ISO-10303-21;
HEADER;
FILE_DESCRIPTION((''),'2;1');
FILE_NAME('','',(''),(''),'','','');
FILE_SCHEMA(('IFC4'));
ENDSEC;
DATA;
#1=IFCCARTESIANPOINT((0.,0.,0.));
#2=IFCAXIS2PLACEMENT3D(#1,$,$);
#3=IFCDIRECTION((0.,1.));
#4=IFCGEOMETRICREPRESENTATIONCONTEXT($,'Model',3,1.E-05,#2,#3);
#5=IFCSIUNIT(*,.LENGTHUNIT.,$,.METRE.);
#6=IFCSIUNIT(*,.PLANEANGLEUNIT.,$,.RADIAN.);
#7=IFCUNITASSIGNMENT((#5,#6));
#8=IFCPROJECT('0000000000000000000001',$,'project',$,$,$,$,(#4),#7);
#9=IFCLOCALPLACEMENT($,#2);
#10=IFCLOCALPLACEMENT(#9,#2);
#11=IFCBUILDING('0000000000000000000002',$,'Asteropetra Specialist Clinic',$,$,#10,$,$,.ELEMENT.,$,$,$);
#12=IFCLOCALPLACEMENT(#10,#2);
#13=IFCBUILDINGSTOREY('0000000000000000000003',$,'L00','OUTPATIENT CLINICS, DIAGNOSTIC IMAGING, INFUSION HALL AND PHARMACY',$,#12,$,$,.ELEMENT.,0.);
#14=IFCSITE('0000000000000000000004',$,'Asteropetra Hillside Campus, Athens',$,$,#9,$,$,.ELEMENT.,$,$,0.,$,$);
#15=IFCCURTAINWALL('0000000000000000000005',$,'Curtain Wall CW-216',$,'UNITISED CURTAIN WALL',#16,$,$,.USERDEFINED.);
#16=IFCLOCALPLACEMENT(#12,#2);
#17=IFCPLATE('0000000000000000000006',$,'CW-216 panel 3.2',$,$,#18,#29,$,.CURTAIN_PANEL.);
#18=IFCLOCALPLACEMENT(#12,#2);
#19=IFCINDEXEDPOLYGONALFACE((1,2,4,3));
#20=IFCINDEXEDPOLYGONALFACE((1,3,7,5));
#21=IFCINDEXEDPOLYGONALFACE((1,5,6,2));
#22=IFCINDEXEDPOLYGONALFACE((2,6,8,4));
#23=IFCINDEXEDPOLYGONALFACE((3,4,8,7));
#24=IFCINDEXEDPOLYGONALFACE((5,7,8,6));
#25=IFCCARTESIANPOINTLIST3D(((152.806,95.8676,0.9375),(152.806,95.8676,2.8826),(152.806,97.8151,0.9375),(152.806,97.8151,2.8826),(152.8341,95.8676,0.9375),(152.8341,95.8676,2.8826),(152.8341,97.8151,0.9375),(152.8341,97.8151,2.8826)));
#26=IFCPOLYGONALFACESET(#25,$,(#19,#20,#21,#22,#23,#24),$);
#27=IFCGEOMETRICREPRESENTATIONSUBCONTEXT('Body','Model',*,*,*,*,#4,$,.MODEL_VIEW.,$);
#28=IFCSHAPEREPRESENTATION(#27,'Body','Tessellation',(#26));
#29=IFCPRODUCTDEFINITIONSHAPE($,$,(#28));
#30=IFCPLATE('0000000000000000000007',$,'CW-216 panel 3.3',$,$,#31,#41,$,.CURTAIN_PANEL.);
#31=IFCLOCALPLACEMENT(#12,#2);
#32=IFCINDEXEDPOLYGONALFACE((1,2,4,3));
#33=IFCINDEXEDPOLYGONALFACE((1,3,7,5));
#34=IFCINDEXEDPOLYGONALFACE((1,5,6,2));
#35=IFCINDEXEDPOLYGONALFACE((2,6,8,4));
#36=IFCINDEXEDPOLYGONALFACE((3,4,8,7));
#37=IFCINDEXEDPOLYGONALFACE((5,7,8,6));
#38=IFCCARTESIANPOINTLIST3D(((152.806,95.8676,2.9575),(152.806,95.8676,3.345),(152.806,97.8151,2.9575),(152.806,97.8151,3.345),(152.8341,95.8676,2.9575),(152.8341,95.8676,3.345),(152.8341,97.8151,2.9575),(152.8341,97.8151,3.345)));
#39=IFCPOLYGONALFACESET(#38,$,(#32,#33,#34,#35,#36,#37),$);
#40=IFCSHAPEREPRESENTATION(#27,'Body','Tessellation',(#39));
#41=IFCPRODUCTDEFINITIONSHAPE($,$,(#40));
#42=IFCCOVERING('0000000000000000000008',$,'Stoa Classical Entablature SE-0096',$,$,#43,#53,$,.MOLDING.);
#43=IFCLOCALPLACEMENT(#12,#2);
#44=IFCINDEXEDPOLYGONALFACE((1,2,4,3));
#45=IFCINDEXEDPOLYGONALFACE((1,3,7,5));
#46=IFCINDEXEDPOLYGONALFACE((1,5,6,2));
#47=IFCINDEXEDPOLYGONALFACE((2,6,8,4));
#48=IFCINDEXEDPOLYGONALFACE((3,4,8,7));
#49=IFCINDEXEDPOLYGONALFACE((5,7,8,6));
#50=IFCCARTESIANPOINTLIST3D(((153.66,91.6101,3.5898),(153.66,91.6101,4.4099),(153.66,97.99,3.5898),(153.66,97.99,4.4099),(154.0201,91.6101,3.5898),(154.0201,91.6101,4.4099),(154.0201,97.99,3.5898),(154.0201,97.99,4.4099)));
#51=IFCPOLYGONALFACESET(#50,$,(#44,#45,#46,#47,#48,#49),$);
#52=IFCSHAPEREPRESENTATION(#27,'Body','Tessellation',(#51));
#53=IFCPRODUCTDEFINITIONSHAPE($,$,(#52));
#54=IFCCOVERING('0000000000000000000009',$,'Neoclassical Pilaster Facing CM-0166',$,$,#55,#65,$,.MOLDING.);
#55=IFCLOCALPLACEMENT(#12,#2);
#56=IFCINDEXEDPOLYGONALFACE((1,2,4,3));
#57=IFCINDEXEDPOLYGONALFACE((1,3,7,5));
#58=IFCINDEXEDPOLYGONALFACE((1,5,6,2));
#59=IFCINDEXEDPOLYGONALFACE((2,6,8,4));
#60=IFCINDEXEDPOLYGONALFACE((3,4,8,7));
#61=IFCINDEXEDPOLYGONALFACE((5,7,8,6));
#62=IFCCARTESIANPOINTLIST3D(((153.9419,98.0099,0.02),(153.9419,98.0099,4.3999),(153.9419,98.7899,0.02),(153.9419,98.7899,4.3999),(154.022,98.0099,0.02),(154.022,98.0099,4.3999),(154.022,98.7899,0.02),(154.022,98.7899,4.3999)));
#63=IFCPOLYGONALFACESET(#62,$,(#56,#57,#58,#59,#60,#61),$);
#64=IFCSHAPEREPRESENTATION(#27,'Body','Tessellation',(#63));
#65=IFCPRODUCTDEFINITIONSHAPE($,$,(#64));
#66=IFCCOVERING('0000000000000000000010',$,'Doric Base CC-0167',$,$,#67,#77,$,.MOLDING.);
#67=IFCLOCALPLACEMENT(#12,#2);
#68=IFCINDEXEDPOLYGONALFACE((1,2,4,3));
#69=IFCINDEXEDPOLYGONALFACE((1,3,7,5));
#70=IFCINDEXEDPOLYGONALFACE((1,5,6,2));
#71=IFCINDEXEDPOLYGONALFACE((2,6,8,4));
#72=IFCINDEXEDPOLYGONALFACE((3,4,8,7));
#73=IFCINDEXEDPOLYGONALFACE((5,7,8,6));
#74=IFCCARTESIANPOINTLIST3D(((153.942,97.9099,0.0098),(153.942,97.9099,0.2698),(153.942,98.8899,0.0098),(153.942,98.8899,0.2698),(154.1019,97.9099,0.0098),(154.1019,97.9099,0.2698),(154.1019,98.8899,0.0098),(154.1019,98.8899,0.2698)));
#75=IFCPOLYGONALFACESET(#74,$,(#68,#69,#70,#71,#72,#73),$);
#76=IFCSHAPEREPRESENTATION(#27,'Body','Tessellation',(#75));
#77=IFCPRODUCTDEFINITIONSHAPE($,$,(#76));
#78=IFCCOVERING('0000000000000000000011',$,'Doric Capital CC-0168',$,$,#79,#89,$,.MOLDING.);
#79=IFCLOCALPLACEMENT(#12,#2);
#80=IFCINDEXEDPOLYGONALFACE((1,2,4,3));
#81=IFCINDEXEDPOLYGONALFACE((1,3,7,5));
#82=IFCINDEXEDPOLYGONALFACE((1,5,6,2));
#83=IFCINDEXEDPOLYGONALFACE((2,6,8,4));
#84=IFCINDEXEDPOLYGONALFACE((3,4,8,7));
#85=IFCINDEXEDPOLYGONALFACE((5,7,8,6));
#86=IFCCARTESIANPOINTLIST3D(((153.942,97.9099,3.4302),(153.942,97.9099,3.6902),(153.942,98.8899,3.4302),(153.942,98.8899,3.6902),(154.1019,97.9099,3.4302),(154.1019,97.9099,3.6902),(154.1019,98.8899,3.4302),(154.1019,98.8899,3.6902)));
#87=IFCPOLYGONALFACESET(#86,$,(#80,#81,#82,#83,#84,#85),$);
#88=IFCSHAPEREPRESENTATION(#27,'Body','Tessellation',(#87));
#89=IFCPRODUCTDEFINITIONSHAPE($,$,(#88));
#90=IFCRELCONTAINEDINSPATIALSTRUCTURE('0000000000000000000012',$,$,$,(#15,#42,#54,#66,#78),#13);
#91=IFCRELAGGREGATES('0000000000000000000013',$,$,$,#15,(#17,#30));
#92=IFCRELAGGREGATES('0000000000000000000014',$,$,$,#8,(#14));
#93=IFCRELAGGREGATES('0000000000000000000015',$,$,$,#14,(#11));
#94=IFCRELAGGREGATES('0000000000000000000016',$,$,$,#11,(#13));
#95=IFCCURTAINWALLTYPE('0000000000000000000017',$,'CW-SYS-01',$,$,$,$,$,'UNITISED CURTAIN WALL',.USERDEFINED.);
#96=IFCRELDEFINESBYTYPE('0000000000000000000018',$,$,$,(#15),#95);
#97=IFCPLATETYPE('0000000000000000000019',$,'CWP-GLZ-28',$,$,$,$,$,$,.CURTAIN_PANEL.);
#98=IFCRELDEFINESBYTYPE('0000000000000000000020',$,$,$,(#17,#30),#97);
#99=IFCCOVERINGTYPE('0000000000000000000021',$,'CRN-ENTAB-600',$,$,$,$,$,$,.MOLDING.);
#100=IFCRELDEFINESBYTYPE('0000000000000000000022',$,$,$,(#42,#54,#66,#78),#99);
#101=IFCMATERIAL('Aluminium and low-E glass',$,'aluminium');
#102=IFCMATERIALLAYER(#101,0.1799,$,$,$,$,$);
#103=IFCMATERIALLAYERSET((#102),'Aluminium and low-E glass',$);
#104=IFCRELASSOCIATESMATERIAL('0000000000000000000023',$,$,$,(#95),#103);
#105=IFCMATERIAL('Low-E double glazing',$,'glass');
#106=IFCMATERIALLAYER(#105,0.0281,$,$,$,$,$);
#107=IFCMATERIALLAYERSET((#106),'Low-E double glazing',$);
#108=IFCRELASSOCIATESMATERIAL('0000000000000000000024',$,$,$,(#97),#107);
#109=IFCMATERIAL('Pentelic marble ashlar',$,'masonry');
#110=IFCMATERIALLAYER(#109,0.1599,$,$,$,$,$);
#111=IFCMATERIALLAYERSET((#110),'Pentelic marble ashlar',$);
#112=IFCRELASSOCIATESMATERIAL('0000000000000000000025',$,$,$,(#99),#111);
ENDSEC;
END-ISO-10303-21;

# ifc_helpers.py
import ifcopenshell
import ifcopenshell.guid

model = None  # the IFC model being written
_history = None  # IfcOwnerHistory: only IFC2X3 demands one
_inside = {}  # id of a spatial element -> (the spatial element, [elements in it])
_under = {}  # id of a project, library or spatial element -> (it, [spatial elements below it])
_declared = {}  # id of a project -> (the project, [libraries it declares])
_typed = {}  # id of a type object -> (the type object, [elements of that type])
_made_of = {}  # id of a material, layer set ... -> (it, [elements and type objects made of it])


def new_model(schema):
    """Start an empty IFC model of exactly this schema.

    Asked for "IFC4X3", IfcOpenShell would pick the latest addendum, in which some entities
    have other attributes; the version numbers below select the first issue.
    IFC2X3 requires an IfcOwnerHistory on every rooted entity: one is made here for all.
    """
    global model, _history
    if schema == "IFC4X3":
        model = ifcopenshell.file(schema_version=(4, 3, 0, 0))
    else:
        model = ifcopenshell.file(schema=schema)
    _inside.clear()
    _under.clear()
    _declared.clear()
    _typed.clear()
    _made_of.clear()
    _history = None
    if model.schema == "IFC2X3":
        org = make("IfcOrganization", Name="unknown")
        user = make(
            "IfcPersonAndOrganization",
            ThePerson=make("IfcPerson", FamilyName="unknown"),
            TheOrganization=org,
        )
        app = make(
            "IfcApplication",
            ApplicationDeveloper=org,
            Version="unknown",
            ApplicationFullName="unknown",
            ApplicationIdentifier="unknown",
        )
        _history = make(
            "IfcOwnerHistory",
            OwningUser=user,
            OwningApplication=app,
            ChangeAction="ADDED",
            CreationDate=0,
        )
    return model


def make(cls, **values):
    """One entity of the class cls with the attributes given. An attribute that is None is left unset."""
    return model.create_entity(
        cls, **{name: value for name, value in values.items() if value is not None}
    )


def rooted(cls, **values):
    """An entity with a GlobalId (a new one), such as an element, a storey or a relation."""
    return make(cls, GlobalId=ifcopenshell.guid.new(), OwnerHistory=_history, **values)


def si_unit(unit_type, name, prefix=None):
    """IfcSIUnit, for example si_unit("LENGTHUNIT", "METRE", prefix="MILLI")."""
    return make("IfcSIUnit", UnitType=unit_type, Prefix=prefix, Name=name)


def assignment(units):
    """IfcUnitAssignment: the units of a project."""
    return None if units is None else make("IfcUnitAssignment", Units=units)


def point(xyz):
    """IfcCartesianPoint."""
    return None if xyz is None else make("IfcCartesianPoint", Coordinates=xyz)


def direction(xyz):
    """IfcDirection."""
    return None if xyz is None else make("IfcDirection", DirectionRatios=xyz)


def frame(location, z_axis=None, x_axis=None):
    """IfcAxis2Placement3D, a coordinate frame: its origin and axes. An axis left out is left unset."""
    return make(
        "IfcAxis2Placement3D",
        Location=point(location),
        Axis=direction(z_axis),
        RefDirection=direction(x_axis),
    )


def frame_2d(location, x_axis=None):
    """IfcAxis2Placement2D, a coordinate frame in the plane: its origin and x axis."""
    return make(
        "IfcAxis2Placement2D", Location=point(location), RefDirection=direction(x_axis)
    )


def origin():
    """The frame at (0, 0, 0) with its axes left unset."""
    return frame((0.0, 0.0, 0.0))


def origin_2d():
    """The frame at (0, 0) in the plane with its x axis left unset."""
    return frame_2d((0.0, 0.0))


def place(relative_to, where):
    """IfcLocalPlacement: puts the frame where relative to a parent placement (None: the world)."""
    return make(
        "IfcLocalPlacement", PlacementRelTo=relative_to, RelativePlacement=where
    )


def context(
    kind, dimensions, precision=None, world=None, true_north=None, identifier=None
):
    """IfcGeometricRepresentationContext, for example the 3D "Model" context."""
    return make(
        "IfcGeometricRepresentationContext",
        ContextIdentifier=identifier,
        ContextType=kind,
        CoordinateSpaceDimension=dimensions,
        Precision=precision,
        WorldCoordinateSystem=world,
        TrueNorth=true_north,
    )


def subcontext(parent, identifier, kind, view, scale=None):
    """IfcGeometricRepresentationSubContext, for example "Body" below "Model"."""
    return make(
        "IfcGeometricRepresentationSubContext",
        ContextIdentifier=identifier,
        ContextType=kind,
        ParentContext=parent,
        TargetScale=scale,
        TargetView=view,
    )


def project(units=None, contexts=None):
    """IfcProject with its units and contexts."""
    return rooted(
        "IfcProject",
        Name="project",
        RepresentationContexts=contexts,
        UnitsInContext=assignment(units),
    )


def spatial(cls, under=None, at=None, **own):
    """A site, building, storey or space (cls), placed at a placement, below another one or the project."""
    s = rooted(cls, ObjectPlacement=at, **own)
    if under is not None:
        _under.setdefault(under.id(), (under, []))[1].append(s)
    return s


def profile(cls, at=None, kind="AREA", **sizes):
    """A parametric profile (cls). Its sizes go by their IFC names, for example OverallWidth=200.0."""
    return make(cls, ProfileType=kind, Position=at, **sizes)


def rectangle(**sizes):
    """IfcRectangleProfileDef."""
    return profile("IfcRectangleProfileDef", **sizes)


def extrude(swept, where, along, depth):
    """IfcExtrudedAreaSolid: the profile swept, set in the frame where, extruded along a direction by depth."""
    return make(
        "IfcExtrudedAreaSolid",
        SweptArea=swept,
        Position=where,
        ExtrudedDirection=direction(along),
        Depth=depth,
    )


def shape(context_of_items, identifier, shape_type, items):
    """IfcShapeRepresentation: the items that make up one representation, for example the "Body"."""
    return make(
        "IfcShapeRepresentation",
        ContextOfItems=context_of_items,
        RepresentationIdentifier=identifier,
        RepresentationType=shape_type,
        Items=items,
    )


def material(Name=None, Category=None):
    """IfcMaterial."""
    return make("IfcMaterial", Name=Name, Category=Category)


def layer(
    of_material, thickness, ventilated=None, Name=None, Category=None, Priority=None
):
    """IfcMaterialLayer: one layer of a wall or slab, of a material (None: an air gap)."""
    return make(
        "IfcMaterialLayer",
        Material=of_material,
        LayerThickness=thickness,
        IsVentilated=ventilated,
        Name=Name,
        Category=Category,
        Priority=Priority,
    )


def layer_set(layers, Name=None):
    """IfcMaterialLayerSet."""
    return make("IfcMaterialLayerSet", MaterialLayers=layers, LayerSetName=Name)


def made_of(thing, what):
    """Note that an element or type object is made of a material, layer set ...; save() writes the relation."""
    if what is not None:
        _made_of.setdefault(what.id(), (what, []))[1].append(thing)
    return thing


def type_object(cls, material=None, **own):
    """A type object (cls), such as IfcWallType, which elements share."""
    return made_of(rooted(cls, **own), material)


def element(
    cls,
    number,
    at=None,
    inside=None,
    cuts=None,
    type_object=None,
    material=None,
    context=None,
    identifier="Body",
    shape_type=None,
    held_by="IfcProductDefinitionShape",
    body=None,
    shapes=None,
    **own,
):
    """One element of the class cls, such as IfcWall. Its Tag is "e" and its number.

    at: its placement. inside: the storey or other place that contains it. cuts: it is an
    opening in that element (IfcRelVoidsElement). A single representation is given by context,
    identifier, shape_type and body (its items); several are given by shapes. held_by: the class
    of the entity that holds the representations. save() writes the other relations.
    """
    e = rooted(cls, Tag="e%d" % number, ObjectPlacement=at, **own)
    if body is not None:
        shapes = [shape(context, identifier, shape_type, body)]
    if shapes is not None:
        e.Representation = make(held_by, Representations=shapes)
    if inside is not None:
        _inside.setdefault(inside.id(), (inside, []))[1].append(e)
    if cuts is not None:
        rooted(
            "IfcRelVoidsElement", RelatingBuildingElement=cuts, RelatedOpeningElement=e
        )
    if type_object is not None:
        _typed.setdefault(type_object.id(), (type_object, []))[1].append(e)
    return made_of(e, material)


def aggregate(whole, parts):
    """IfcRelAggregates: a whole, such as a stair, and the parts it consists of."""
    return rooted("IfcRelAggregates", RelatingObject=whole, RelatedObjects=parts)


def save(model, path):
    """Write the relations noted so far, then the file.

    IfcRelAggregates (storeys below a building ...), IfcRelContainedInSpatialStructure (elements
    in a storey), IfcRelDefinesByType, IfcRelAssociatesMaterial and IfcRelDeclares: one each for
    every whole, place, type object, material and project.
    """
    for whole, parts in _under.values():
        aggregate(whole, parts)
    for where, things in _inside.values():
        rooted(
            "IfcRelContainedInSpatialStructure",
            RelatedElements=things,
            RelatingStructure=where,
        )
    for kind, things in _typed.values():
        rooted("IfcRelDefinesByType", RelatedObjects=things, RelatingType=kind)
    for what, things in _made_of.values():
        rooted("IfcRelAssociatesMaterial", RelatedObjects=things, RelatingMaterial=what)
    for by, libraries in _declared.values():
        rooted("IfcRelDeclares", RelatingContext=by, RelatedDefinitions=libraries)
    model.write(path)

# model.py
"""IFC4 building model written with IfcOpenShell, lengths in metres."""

from ifc_helpers import new_model, si_unit, direction, frame, origin, origin_2d, place, context, subcontext, project, spatial, rectangle, extrude, material, layer, layer_set, type_object, element, aggregate, save


model = new_model("IFC4")

# Units and contexts
model_context = context("Model", 3, precision=1e-05, world=origin(), true_north=direction((0.0, 1.0)))
body_context = subcontext(model_context, "Body", "Model", "MODEL_VIEW")
ifc_project = project(units=[si_unit("LENGTHUNIT", "METRE"), si_unit("PLANEANGLEUNIT", "RADIAN")], contexts=[model_context])

# Site, building, storey
site_placement = place(None, origin())
site = spatial("IfcSite", under=ifc_project, at=site_placement, Name="Asteropetra Hillside Campus, Athens", CompositionType="ELEMENT", RefElevation=0.0)
building_placement = place(site_placement, origin())
building = spatial("IfcBuilding", under=site, at=building_placement, Name="Asteropetra Specialist Clinic", CompositionType="ELEMENT")
storey_placement = place(building_placement, origin())
storey = spatial("IfcBuildingStorey", under=building, at=storey_placement, Name="L00", Description="OUTPATIENT CLINICS, DIAGNOSTIC IMAGING, INFUSION HALL AND PHARMACY", CompositionType="ELEMENT", Elevation=0.0)

# Curtain wall, plates
ifc_material_1 = material(Name="Aluminium and low-E glass", Category="aluminium")
ifc_layer_1 = layer(ifc_material_1, 0.1799)
ifc_layer_set_1 = layer_set([ifc_layer_1], Name="Aluminium and low-E glass")
curtain_wall_type = type_object("IfcCurtainWallType", Name="CW-SYS-01", ElementType="UNITISED CURTAIN WALL", PredefinedType="USERDEFINED", material=ifc_layer_set_1)
curtain_wall_placement = place(storey_placement, origin())
curtain_wall = element("IfcCurtainWall", 1, at=curtain_wall_placement, inside=storey, type_object=curtain_wall_type, Name="Curtain Wall CW-216", ObjectType="UNITISED CURTAIN WALL", PredefinedType="USERDEFINED")
ifc_material_2 = material(Name="Low-E double glazing", Category="glass")
ifc_layer_2 = layer(ifc_material_2, 0.0281)
ifc_layer_set_2 = layer_set([ifc_layer_2], Name="Low-E double glazing")
plate_type = type_object("IfcPlateType", Name="CWP-GLZ-28", PredefinedType="CURTAIN_PANEL", material=ifc_layer_set_2)
plate_1_placement = place(storey_placement, frame((152.8201, 96.8413, 0.9375), z_axis=(0.0, 0.0, 1.0), x_axis=(0.0, 1.0, 0.0)))
plate_1 = element("IfcPlate", 2, at=plate_1_placement, type_object=plate_type, Name="CW-216 panel 3.2", PredefinedType="CURTAIN_PANEL", context=body_context, shape_type="SweptSolid", body=[
    extrude(rectangle(XDim=1.9475, YDim=0.0281, at=origin_2d()), origin(), (0.0, 0.0, 1.0), 1.9451),
])
plate_2_placement = place(storey_placement, frame((152.8201, 96.8413, 2.9575), z_axis=(0.0, 0.0, 1.0), x_axis=(0.0, 1.0, 0.0)))
plate_2 = element("IfcPlate", 3, at=plate_2_placement, type_object=plate_type, Name="CW-216 panel 3.3", PredefinedType="CURTAIN_PANEL", context=body_context, shape_type="SweptSolid", body=[
    extrude(rectangle(XDim=1.9475, YDim=0.0281, at=origin_2d()), origin(), (0.0, 0.0, 1.0), 0.3875),
])
aggregate(curtain_wall, [plate_1, plate_2])

# Coverings
ifc_material_3 = material(Name="Pentelic marble ashlar", Category="masonry")
ifc_layer_3 = layer(ifc_material_3, 0.1599)
ifc_layer_set_3 = layer_set([ifc_layer_3], Name="Pentelic marble ashlar")
covering_type = type_object("IfcCoveringType", Name="CRN-ENTAB-600", PredefinedType="MOLDING", material=ifc_layer_set_3)
covering_1_placement = place(storey_placement, frame((153.8401, 94.8, 3.5898), z_axis=(0.0, 0.0, 1.0), x_axis=(1.0, 0.0, 0.0)))
element("IfcCovering", 4, at=covering_1_placement, inside=storey, type_object=covering_type, Name="Stoa Classical Entablature SE-0096", PredefinedType="MOLDING", context=body_context, shape_type="SweptSolid", body=[
    extrude(rectangle(XDim=0.3601, YDim=6.3799, at=origin_2d()), origin(), (0.0, 0.0, 1.0), 0.8201),
])
covering_2_placement = place(storey_placement, frame((153.9819, 98.3999, 0.02), z_axis=(0.0, 0.0, 1.0), x_axis=(1.0, 0.0, 0.0)))
element("IfcCovering", 5, at=covering_2_placement, inside=storey, type_object=covering_type, Name="Neoclassical Pilaster Facing CM-0166", PredefinedType="MOLDING", context=body_context, shape_type="SweptSolid", body=[
    extrude(rectangle(XDim=0.0801, YDim=0.78, at=origin_2d()), origin(), (0.0, 0.0, 1.0), 4.3799),
])
for number, where, z_axis, x_axis, name in (
    (6, (154.022, 98.3999, 0.0098), (0.0, 0.0, 1.0), (1.0, 0.0, 0.0), "Doric Base CC-0167"),
    (7, (154.022, 98.3999, 3.4302), (0.0, 0.0, 1.0), (1.0, 0.0, 0.0), "Doric Capital CC-0168"),
):
    element("IfcCovering", number, at=place(storey_placement, frame(where, z_axis=z_axis, x_axis=x_axis)), inside=storey, type_object=covering_type, Name=name, PredefinedType="MOLDING", context=body_context, shape_type="SweptSolid", body=[
        extrude(rectangle(XDim=0.1599, YDim=0.98, at=origin_2d()), origin(), (0.0, 0.0, 1.0), 0.26),
    ])

save(model, "model.ifc")
